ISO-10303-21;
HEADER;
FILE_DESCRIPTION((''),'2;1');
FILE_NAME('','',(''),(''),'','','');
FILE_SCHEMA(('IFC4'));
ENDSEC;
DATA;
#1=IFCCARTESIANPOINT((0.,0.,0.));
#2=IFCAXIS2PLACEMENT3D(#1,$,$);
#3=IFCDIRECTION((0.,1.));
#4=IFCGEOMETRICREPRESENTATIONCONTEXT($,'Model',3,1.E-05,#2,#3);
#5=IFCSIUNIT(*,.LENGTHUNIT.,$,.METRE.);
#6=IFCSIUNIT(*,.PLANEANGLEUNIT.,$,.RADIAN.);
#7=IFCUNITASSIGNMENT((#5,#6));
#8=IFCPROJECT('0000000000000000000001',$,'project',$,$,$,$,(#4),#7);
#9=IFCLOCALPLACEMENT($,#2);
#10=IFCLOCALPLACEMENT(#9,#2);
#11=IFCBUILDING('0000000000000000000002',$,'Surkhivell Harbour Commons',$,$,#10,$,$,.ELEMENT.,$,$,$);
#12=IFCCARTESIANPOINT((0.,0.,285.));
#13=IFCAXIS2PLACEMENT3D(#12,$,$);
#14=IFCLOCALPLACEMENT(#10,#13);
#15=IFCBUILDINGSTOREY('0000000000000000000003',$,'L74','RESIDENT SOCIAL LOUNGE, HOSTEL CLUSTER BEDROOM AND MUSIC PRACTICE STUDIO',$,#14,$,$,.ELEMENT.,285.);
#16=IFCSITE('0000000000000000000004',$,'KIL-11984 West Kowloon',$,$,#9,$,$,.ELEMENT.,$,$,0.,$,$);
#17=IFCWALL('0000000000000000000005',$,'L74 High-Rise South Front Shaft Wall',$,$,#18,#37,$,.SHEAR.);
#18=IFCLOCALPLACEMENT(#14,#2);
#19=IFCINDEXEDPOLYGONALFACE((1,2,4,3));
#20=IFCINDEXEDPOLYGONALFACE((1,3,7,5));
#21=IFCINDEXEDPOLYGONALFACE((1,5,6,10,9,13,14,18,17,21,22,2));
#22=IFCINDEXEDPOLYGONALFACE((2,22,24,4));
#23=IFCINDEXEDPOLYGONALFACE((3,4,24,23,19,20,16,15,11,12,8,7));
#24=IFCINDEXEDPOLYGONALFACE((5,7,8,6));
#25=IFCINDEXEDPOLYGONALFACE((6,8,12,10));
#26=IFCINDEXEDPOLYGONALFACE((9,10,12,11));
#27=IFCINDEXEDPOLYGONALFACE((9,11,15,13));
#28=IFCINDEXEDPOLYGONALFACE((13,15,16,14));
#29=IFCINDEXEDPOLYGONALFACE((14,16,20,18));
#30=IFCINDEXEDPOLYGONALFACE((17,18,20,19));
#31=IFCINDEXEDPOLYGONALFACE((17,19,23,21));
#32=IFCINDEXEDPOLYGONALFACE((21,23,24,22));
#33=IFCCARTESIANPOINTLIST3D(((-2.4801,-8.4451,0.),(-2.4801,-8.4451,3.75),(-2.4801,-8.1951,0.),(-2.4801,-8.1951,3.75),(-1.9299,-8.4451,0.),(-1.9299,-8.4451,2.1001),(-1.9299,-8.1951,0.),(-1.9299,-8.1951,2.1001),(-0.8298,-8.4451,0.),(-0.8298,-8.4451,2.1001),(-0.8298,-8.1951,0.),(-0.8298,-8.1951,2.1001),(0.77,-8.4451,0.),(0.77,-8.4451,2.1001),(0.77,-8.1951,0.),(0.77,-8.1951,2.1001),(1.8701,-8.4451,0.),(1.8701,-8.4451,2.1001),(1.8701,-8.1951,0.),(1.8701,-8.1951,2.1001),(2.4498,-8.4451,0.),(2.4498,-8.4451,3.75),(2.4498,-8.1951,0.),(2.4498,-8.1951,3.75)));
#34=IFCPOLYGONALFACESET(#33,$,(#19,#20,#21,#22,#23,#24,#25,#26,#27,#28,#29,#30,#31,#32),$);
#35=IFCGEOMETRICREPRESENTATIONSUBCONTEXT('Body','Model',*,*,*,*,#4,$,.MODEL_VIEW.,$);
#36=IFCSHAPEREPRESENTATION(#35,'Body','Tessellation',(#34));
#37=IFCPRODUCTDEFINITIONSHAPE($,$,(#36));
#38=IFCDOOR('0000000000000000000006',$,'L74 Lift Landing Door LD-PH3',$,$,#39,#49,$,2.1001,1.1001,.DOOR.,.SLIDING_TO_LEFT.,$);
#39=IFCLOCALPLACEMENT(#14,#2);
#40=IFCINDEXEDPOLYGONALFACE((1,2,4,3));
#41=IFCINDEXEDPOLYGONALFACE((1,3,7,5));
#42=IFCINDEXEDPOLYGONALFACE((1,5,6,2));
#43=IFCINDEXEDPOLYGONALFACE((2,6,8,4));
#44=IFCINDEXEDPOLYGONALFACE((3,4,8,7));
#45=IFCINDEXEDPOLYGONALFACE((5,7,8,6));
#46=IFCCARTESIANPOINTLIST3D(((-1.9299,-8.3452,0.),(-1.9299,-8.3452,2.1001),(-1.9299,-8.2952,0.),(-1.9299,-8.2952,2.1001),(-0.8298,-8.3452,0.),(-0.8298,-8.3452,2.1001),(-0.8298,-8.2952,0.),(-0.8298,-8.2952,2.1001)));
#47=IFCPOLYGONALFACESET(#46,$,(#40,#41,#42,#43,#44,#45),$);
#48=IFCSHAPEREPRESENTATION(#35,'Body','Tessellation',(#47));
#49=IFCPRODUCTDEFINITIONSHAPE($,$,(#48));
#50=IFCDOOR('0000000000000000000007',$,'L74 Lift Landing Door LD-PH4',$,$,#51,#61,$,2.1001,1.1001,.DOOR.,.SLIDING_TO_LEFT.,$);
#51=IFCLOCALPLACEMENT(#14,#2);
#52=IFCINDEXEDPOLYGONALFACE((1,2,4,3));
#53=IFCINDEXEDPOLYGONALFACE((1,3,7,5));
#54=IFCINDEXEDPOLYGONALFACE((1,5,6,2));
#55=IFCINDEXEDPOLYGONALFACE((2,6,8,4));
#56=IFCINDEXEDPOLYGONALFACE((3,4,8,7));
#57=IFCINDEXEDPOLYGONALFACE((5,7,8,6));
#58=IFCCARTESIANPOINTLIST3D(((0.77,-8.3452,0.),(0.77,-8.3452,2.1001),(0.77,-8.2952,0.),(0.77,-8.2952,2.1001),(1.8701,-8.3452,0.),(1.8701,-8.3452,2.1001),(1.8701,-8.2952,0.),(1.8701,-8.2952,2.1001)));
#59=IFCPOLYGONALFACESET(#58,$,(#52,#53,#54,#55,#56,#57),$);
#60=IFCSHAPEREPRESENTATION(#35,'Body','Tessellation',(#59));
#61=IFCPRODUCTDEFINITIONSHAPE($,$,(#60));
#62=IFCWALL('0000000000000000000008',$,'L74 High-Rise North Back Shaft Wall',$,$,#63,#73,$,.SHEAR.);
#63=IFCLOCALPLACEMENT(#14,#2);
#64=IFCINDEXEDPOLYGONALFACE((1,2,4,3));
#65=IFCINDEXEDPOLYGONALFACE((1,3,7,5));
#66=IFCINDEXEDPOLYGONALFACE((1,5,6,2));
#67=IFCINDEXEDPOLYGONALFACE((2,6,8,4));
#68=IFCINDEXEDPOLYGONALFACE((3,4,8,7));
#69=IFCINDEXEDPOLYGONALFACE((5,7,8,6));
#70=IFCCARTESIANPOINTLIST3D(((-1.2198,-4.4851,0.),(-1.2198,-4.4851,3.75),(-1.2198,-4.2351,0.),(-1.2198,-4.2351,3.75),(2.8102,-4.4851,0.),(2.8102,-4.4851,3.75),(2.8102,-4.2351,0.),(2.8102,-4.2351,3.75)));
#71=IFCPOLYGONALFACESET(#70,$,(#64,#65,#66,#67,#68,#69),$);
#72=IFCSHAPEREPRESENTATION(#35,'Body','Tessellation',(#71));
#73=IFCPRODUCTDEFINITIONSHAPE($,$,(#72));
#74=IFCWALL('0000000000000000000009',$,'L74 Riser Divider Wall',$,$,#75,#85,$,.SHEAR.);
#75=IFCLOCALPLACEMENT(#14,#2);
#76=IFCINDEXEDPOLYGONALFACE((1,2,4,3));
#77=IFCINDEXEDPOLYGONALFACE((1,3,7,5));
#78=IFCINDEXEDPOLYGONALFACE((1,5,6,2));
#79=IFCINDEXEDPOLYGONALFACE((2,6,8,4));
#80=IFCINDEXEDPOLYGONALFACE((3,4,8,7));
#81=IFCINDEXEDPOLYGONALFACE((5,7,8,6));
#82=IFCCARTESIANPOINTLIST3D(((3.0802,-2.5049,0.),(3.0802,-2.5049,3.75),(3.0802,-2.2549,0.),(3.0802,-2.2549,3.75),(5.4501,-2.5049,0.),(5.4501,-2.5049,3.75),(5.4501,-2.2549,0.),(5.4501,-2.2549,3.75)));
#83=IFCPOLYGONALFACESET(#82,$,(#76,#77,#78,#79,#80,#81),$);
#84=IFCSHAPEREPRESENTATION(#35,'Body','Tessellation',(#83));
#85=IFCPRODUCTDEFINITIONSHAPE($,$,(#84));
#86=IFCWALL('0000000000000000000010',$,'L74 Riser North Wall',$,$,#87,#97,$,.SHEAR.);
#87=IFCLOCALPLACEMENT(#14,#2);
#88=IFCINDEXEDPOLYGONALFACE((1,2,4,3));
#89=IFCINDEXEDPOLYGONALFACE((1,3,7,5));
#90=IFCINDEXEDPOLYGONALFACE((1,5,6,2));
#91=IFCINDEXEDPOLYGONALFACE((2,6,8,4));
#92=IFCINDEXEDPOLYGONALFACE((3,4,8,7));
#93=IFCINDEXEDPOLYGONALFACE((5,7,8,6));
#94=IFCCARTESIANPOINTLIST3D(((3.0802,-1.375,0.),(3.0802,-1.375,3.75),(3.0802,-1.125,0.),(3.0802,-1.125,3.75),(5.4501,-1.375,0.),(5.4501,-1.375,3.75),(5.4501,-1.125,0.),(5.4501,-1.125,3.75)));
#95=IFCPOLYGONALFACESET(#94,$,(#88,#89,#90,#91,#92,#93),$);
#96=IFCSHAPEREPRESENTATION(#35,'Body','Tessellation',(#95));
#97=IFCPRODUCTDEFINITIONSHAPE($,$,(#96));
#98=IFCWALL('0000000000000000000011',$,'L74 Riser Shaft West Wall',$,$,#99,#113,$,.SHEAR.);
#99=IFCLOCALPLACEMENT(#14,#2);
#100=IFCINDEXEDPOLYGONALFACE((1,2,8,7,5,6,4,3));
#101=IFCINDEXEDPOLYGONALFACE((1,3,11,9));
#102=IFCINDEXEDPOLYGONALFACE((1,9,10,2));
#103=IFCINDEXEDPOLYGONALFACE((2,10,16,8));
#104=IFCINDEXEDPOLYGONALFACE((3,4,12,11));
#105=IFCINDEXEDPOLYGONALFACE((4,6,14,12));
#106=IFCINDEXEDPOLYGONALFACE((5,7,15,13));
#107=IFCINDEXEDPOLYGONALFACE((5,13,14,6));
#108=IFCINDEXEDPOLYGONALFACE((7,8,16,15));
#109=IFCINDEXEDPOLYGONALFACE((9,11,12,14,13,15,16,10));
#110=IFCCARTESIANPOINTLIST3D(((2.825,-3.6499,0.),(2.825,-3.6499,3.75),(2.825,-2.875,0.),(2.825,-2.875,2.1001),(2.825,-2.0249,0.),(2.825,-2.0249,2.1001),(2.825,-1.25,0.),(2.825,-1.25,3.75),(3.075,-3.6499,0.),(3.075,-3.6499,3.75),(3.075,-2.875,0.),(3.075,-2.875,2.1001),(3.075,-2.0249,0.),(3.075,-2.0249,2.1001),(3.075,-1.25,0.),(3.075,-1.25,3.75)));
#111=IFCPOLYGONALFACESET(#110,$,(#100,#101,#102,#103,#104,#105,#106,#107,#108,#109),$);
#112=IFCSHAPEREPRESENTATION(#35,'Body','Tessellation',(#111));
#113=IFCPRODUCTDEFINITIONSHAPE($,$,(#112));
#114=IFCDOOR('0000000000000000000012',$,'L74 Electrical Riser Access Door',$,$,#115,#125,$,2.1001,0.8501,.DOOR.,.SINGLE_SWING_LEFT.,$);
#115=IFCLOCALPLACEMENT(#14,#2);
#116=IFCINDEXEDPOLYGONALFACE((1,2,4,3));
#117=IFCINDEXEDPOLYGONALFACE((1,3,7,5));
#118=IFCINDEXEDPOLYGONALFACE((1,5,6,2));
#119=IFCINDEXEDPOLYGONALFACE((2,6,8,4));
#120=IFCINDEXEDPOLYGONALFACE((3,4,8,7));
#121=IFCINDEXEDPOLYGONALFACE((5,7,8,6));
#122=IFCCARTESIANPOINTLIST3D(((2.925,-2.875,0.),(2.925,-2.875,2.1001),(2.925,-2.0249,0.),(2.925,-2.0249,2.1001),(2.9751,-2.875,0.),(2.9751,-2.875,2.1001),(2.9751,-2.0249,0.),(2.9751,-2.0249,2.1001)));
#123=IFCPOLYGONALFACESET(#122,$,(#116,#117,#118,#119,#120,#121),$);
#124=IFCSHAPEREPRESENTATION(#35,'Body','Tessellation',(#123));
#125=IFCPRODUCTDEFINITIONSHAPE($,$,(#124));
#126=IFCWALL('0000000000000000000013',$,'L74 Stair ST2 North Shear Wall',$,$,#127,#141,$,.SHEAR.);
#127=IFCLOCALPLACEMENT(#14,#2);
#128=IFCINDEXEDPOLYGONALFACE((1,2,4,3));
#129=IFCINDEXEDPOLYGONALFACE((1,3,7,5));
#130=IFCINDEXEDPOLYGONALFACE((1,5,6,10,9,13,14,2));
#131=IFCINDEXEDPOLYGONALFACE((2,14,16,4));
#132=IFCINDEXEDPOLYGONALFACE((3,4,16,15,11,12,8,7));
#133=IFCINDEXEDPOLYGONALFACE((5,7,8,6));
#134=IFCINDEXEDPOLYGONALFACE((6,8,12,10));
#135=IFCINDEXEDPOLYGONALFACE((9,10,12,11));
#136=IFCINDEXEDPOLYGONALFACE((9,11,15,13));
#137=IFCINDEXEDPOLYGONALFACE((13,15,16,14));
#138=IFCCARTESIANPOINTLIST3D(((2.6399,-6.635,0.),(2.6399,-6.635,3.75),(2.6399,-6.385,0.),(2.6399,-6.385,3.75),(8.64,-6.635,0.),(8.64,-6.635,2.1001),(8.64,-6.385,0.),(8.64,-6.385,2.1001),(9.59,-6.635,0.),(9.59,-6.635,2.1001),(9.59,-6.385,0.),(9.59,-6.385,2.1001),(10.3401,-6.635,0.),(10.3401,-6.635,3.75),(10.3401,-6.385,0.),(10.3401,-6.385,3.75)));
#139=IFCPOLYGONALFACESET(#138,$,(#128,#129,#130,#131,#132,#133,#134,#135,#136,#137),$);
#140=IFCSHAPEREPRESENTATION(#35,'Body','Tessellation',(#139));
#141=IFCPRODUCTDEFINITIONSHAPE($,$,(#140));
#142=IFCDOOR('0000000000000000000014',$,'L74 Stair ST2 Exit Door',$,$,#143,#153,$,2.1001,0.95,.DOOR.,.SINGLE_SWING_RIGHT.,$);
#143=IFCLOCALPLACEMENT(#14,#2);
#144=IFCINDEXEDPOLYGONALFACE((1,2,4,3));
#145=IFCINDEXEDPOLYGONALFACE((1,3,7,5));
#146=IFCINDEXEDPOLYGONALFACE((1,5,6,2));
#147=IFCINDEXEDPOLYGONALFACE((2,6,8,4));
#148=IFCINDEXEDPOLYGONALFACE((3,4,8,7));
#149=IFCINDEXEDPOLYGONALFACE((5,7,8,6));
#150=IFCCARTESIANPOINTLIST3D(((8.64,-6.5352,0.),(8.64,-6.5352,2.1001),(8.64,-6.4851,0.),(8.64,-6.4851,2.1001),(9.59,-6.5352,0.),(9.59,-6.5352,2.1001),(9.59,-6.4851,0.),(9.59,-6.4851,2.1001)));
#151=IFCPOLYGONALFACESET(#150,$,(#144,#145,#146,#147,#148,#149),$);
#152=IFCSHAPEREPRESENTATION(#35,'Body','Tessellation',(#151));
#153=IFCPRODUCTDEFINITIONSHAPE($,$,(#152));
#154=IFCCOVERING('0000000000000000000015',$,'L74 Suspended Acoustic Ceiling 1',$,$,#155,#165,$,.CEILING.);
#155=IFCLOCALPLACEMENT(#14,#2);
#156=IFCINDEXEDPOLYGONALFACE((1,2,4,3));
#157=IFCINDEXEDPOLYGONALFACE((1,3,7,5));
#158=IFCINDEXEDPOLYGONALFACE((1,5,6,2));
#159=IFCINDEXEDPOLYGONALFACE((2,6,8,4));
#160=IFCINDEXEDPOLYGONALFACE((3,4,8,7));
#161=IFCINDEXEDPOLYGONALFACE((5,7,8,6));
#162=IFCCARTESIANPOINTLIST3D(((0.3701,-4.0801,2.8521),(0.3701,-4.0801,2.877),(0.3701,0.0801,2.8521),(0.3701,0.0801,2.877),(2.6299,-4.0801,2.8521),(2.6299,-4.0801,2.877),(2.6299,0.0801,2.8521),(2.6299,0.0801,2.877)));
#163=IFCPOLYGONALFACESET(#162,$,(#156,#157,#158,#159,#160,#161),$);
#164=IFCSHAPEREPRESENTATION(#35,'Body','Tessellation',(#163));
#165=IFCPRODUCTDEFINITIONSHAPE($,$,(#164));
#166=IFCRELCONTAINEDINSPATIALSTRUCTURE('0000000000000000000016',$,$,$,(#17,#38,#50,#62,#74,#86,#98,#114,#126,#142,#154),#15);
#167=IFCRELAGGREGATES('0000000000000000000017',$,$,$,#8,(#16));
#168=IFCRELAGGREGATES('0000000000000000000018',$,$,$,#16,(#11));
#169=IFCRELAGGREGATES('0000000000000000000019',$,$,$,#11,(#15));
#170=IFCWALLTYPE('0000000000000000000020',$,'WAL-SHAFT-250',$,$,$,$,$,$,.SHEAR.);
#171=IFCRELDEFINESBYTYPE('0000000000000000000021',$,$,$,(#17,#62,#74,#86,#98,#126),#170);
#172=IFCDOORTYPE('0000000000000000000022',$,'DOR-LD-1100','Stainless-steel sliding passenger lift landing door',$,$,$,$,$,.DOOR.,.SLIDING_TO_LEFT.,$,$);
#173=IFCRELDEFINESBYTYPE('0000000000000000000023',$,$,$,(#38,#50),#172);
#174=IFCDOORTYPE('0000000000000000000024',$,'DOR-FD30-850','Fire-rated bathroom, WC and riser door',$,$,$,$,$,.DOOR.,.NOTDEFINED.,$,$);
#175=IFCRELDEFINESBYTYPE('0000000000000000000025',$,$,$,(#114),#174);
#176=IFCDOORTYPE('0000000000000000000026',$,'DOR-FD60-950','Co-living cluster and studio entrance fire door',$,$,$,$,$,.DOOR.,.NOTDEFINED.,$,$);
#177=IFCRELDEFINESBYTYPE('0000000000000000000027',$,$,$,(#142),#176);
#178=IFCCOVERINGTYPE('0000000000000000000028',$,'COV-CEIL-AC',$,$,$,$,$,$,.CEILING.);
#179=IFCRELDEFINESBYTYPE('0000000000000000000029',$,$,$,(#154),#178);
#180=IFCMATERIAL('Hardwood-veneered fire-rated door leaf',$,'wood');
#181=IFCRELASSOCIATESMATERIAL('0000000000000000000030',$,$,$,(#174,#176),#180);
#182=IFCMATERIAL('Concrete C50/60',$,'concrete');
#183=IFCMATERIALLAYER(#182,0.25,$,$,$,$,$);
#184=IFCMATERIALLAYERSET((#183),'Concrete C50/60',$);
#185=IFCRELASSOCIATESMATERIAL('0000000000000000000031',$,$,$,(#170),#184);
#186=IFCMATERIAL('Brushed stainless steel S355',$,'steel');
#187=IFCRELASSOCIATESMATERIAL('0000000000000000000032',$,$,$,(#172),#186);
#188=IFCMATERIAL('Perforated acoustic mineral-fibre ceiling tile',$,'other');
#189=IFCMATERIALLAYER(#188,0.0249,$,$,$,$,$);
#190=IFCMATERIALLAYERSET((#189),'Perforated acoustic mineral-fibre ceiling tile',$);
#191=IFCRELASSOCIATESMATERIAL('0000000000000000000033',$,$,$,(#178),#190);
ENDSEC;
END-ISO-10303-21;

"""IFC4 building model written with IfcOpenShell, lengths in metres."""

from ifc_helpers import new_model, si_unit, direction, frame, frame_2d, origin, place, context, subcontext, project, spatial, polyline, rectangle, outline, extrude, material, layer, layer_set, type_object, element, fill, save


model = new_model("IFC4")

# Units and contexts
model_context = context("Model", 3, precision=1e-05, world=origin(), true_north=direction((0.0, 1.0)))
body_context = subcontext(model_context, "Body", "Model", "MODEL_VIEW")
ifc_project = project(units=[si_unit("LENGTHUNIT", "METRE"), si_unit("PLANEANGLEUNIT", "RADIAN")], contexts=[model_context])

# Site, building, storey
site_placement = place(None, origin())
site = spatial("IfcSite", under=ifc_project, at=site_placement, Name="KIL-11984 West Kowloon", CompositionType="ELEMENT", RefElevation=0.0)
building_placement = place(site_placement, origin())
building = spatial("IfcBuilding", under=site, at=building_placement, Name="Surkhivell Harbour Commons", CompositionType="ELEMENT")
storey_placement = place(building_placement, frame((0.0, 0.0, 285.0)))
storey = spatial("IfcBuildingStorey", under=building, at=storey_placement, Name="L74", Description="RESIDENT SOCIAL LOUNGE, HOSTEL CLUSTER BEDROOM AND MUSIC PRACTICE STUDIO", CompositionType="ELEMENT", Elevation=285.0)

# Shared definitions
ifc_material_1 = material(Name="Hardwood-veneered fire-rated door leaf", Category="wood")
door_type_1 = type_object("IfcDoorType", Name="DOR-FD30-850", Description="Fire-rated bathroom, WC and riser door", OperationType="NOTDEFINED", PredefinedType="DOOR", material=ifc_material_1)

# Shared definitions
ifc_material_2 = material(Name="Concrete C50/60", Category="concrete")
ifc_layer_1 = layer(ifc_material_2, 0.25)
ifc_layer_set_1 = layer_set([ifc_layer_1], Name="Concrete C50/60")
wall_type_1 = type_object("IfcWallType", Name="WAL-SHAFT-250", PredefinedType="SHEAR", material=ifc_layer_set_1)

# Wall, openings, doors
ifc_material_3 = material(Name="Brushed stainless steel S355", Category="steel")
door_type_2 = type_object("IfcDoorType", Name="DOR-LD-1100", Description="Stainless-steel sliding passenger lift landing door", OperationType="SLIDING_TO_LEFT", PredefinedType="DOOR", material=ifc_material_3)
wall_1_placement = place(storey_placement, frame((-2.48, -8.3201, 0.0), z_axis=(0.0, 0.0, 1.0), x_axis=(1.0, 0.0, 0.0)))
wall_1 = element("IfcWall", 1, at=wall_1_placement, inside=storey, type_object=wall_type_1, Name="L74 High-Rise South Front Shaft Wall", PredefinedType="SHEAR", context=body_context, shape_type="SweptSolid", body=[
    extrude(rectangle(XDim=4.9299, YDim=0.25, at=frame_2d((2.4648, 0.0))), origin(), (0.0, 0.0, 1.0), 3.75),
])
opening_1_placement = place(wall_1_placement, frame((0.55, 0.0, 0.0)))
opening_1 = element("IfcOpeningElement", 2, at=opening_1_placement, cuts=wall_1, PredefinedType="OPENING", context=body_context, shape_type="SweptSolid", body=[
    extrude(rectangle(XDim=1.1001, YDim=2.1001, at=frame_2d((0.55, 1.05))), frame((0.0, 0.135, 0.0), z_axis=(0.0, -1.0, 0.0), x_axis=(1.0, 0.0, 0.0)), (0.0, 0.0, 1.0), 0.27),
])
opening_2_placement = place(wall_1_placement, frame((3.25, 0.0, 0.0)))
opening_2 = element("IfcOpeningElement", 3, at=opening_2_placement, cuts=wall_1, PredefinedType="OPENING", context=body_context, shape_type="SweptSolid", body=[
    extrude(rectangle(XDim=1.1001, YDim=2.1001, at=frame_2d((0.55, 1.05))), frame((0.0, 0.135, 0.0), z_axis=(0.0, -1.0, 0.0), x_axis=(1.0, 0.0, 0.0)), (0.0, 0.0, 1.0), 0.27),
])
door_1_placement = place(opening_1_placement, origin())
door_1 = element("IfcDoor", 4, at=door_1_placement, inside=storey, type_object=door_type_2, Name="L74 Lift Landing Door LD-PH3", OperationType="SLIDING_TO_LEFT", OverallHeight=2.1001, OverallWidth=1.1001, PredefinedType="DOOR", context=body_context, shape_type="SweptSolid", body=[
    extrude(rectangle(XDim=1.1001, YDim=2.1001, at=frame_2d((0.55, 1.05))), frame((0.0, 0.0249, 0.0), z_axis=(0.0, -1.0, 0.0), x_axis=(1.0, 0.0, 0.0)), (0.0, 0.0, 1.0), 0.05),
])
fill(opening_1, door_1)
door_2_placement = place(opening_2_placement, origin())
door_2 = element("IfcDoor", 5, at=door_2_placement, inside=storey, type_object=door_type_2, Name="L74 Lift Landing Door LD-PH4", OperationType="SLIDING_TO_LEFT", OverallHeight=2.1001, OverallWidth=1.1001, PredefinedType="DOOR", context=body_context, shape_type="SweptSolid", body=[
    extrude(rectangle(XDim=1.1001, YDim=2.1001, at=frame_2d((0.55, 1.05))), frame((0.0, 0.0249, 0.0), z_axis=(0.0, -1.0, 0.0), x_axis=(1.0, 0.0, 0.0)), (0.0, 0.0, 1.0), 0.05),
])
fill(opening_2, door_2)

# Walls
wall_2_placement = place(storey_placement, frame((-1.22, -4.3601, 0.0), z_axis=(0.0, 0.0, 1.0), x_axis=(1.0, 0.0, 0.0)))
element("IfcWall", 6, at=wall_2_placement, inside=storey, type_object=wall_type_1, Name="L74 High-Rise North Back Shaft Wall", PredefinedType="SHEAR", context=body_context, shape_type="SweptSolid", body=[
    extrude(rectangle(XDim=4.03, YDim=0.25, at=frame_2d((2.0151, 0.0))), origin(), (0.0, 0.0, 1.0), 3.75),
])
for number, where, z_axis, x_axis, name in (
    (7, (3.0801, -2.3799, 0.0), (0.0, 0.0, 1.0), (1.0, 0.0, 0.0), "L74 Riser Divider Wall"),
    (8, (3.0801, -1.25, 0.0), (0.0, 0.0, 1.0), (1.0, 0.0, 0.0), "L74 Riser North Wall"),
):
    element("IfcWall", number, at=place(storey_placement, frame(where, z_axis=z_axis, x_axis=x_axis)), inside=storey, type_object=wall_type_1, Name=name, PredefinedType="SHEAR", context=body_context, shape_type="SweptSolid", body=[
        extrude(rectangle(XDim=2.3699, YDim=0.25, at=frame_2d((1.1851, 0.0))), origin(), (0.0, 0.0, 1.0), 3.75),
    ])

# Walls, openings, doors
wall_3_placement = place(storey_placement, frame((2.95, -3.6499, 0.0), z_axis=(0.0, 0.0, 1.0), x_axis=(0.0, 1.0, 0.0)))
wall_3 = element("IfcWall", 9, at=wall_3_placement, inside=storey, type_object=wall_type_1, Name="L74 Riser Shaft West Wall", PredefinedType="SHEAR", context=body_context, shape_type="SweptSolid", body=[
    extrude(rectangle(XDim=2.3999, YDim=0.25, at=frame_2d((1.2, 0.0))), origin(), (0.0, 0.0, 1.0), 3.75),
])
opening_3_placement = place(wall_3_placement, frame((0.7749, 0.0, 0.0)))
opening_3 = element("IfcOpeningElement", 10, at=opening_3_placement, cuts=wall_3, PredefinedType="OPENING", context=body_context, shape_type="SweptSolid", body=[
    extrude(rectangle(XDim=0.8501, YDim=2.1001, at=frame_2d((0.425, 1.05))), frame((0.0, 0.135, 0.0), z_axis=(0.0, -1.0, 0.0), x_axis=(1.0, 0.0, 0.0)), (0.0, 0.0, 1.0), 0.27),
])
door_3_placement = place(opening_3_placement, origin())
door_3 = element("IfcDoor", 11, at=door_3_placement, inside=storey, type_object=door_type_1, Name="L74 Electrical Riser Access Door", OperationType="SINGLE_SWING_LEFT", OverallHeight=2.1001, OverallWidth=0.8501, PredefinedType="DOOR", context=body_context, shape_type="SweptSolid", body=[
    extrude(rectangle(XDim=0.8501, YDim=2.1001, at=frame_2d((0.425, 1.05))), frame((0.0, 0.0249, 0.0), z_axis=(0.0, -1.0, 0.0), x_axis=(1.0, 0.0, 0.0)), (0.0, 0.0, 1.0), 0.05),
])
fill(opening_3, door_3)
wall_4_placement = place(storey_placement, frame((2.6399, -6.51, 0.0), z_axis=(0.0, 0.0, 1.0), x_axis=(1.0, 0.0, 0.0)))
wall_4 = element("IfcWall", 12, at=wall_4_placement, inside=storey, type_object=wall_type_1, Name="L74 Stair ST2 North Shear Wall", PredefinedType="SHEAR", context=body_context, shape_type="SweptSolid", body=[
    extrude(rectangle(XDim=7.7002, YDim=0.25, at=frame_2d((3.8501, 0.0))), origin(), (0.0, 0.0, 1.0), 3.75),
])
opening_4_placement = place(wall_4_placement, frame((6.0, 0.0, 0.0)))
opening_4 = element("IfcOpeningElement", 13, at=opening_4_placement, cuts=wall_4, PredefinedType="OPENING", context=body_context, shape_type="SweptSolid", body=[
    extrude(rectangle(XDim=0.95, YDim=2.1001, at=frame_2d((0.4751, 1.05))), frame((0.0, 0.135, 0.0), z_axis=(0.0, -1.0, 0.0), x_axis=(1.0, 0.0, 0.0)), (0.0, 0.0, 1.0), 0.27),
])
door_type_3 = type_object("IfcDoorType", Name="DOR-FD60-950", Description="Co-living cluster and studio entrance fire door", OperationType="NOTDEFINED", PredefinedType="DOOR", material=ifc_material_1)
door_4_placement = place(opening_4_placement, origin())
door_4 = element("IfcDoor", 14, at=door_4_placement, inside=storey, type_object=door_type_3, Name="L74 Stair ST2 Exit Door", OperationType="SINGLE_SWING_RIGHT", OverallHeight=2.1001, OverallWidth=0.95, PredefinedType="DOOR", context=body_context, shape_type="SweptSolid", body=[
    extrude(rectangle(XDim=0.95, YDim=2.1001, at=frame_2d((0.4751, 1.05))), frame((0.0, 0.0249, 0.0), z_axis=(0.0, -1.0, 0.0), x_axis=(1.0, 0.0, 0.0)), (0.0, 0.0, 1.0), 0.05),
])
fill(opening_4, door_4)

# Covering
ifc_material_4 = material(Name="Perforated acoustic mineral-fibre ceiling tile", Category="other")
ifc_layer_2 = layer(ifc_material_4, 0.0249)
ifc_layer_set_2 = layer_set([ifc_layer_2], Name="Perforated acoustic mineral-fibre ceiling tile")
covering_type = type_object("IfcCoveringType", Name="COV-CEIL-AC", PredefinedType="CEILING", material=ifc_layer_set_2)
covering_placement = place(storey_placement, frame((0.0, 0.0, 2.8521)))
element("IfcCovering", 15, at=covering_placement, inside=storey, type_object=covering_type, Name="L74 Suspended Acoustic Ceiling 1", PredefinedType="CEILING", context=body_context, shape_type="SweptSolid", body=[
    extrude(outline(polyline([(0.3701, -4.0801), (2.6299, -4.0801), (2.6299, 0.0801), (0.3701, 0.0801), (0.3701, -4.0801)])), origin(), (0.0, 0.0, 1.0), 0.0249),
])

save(model, "model.ifc")
